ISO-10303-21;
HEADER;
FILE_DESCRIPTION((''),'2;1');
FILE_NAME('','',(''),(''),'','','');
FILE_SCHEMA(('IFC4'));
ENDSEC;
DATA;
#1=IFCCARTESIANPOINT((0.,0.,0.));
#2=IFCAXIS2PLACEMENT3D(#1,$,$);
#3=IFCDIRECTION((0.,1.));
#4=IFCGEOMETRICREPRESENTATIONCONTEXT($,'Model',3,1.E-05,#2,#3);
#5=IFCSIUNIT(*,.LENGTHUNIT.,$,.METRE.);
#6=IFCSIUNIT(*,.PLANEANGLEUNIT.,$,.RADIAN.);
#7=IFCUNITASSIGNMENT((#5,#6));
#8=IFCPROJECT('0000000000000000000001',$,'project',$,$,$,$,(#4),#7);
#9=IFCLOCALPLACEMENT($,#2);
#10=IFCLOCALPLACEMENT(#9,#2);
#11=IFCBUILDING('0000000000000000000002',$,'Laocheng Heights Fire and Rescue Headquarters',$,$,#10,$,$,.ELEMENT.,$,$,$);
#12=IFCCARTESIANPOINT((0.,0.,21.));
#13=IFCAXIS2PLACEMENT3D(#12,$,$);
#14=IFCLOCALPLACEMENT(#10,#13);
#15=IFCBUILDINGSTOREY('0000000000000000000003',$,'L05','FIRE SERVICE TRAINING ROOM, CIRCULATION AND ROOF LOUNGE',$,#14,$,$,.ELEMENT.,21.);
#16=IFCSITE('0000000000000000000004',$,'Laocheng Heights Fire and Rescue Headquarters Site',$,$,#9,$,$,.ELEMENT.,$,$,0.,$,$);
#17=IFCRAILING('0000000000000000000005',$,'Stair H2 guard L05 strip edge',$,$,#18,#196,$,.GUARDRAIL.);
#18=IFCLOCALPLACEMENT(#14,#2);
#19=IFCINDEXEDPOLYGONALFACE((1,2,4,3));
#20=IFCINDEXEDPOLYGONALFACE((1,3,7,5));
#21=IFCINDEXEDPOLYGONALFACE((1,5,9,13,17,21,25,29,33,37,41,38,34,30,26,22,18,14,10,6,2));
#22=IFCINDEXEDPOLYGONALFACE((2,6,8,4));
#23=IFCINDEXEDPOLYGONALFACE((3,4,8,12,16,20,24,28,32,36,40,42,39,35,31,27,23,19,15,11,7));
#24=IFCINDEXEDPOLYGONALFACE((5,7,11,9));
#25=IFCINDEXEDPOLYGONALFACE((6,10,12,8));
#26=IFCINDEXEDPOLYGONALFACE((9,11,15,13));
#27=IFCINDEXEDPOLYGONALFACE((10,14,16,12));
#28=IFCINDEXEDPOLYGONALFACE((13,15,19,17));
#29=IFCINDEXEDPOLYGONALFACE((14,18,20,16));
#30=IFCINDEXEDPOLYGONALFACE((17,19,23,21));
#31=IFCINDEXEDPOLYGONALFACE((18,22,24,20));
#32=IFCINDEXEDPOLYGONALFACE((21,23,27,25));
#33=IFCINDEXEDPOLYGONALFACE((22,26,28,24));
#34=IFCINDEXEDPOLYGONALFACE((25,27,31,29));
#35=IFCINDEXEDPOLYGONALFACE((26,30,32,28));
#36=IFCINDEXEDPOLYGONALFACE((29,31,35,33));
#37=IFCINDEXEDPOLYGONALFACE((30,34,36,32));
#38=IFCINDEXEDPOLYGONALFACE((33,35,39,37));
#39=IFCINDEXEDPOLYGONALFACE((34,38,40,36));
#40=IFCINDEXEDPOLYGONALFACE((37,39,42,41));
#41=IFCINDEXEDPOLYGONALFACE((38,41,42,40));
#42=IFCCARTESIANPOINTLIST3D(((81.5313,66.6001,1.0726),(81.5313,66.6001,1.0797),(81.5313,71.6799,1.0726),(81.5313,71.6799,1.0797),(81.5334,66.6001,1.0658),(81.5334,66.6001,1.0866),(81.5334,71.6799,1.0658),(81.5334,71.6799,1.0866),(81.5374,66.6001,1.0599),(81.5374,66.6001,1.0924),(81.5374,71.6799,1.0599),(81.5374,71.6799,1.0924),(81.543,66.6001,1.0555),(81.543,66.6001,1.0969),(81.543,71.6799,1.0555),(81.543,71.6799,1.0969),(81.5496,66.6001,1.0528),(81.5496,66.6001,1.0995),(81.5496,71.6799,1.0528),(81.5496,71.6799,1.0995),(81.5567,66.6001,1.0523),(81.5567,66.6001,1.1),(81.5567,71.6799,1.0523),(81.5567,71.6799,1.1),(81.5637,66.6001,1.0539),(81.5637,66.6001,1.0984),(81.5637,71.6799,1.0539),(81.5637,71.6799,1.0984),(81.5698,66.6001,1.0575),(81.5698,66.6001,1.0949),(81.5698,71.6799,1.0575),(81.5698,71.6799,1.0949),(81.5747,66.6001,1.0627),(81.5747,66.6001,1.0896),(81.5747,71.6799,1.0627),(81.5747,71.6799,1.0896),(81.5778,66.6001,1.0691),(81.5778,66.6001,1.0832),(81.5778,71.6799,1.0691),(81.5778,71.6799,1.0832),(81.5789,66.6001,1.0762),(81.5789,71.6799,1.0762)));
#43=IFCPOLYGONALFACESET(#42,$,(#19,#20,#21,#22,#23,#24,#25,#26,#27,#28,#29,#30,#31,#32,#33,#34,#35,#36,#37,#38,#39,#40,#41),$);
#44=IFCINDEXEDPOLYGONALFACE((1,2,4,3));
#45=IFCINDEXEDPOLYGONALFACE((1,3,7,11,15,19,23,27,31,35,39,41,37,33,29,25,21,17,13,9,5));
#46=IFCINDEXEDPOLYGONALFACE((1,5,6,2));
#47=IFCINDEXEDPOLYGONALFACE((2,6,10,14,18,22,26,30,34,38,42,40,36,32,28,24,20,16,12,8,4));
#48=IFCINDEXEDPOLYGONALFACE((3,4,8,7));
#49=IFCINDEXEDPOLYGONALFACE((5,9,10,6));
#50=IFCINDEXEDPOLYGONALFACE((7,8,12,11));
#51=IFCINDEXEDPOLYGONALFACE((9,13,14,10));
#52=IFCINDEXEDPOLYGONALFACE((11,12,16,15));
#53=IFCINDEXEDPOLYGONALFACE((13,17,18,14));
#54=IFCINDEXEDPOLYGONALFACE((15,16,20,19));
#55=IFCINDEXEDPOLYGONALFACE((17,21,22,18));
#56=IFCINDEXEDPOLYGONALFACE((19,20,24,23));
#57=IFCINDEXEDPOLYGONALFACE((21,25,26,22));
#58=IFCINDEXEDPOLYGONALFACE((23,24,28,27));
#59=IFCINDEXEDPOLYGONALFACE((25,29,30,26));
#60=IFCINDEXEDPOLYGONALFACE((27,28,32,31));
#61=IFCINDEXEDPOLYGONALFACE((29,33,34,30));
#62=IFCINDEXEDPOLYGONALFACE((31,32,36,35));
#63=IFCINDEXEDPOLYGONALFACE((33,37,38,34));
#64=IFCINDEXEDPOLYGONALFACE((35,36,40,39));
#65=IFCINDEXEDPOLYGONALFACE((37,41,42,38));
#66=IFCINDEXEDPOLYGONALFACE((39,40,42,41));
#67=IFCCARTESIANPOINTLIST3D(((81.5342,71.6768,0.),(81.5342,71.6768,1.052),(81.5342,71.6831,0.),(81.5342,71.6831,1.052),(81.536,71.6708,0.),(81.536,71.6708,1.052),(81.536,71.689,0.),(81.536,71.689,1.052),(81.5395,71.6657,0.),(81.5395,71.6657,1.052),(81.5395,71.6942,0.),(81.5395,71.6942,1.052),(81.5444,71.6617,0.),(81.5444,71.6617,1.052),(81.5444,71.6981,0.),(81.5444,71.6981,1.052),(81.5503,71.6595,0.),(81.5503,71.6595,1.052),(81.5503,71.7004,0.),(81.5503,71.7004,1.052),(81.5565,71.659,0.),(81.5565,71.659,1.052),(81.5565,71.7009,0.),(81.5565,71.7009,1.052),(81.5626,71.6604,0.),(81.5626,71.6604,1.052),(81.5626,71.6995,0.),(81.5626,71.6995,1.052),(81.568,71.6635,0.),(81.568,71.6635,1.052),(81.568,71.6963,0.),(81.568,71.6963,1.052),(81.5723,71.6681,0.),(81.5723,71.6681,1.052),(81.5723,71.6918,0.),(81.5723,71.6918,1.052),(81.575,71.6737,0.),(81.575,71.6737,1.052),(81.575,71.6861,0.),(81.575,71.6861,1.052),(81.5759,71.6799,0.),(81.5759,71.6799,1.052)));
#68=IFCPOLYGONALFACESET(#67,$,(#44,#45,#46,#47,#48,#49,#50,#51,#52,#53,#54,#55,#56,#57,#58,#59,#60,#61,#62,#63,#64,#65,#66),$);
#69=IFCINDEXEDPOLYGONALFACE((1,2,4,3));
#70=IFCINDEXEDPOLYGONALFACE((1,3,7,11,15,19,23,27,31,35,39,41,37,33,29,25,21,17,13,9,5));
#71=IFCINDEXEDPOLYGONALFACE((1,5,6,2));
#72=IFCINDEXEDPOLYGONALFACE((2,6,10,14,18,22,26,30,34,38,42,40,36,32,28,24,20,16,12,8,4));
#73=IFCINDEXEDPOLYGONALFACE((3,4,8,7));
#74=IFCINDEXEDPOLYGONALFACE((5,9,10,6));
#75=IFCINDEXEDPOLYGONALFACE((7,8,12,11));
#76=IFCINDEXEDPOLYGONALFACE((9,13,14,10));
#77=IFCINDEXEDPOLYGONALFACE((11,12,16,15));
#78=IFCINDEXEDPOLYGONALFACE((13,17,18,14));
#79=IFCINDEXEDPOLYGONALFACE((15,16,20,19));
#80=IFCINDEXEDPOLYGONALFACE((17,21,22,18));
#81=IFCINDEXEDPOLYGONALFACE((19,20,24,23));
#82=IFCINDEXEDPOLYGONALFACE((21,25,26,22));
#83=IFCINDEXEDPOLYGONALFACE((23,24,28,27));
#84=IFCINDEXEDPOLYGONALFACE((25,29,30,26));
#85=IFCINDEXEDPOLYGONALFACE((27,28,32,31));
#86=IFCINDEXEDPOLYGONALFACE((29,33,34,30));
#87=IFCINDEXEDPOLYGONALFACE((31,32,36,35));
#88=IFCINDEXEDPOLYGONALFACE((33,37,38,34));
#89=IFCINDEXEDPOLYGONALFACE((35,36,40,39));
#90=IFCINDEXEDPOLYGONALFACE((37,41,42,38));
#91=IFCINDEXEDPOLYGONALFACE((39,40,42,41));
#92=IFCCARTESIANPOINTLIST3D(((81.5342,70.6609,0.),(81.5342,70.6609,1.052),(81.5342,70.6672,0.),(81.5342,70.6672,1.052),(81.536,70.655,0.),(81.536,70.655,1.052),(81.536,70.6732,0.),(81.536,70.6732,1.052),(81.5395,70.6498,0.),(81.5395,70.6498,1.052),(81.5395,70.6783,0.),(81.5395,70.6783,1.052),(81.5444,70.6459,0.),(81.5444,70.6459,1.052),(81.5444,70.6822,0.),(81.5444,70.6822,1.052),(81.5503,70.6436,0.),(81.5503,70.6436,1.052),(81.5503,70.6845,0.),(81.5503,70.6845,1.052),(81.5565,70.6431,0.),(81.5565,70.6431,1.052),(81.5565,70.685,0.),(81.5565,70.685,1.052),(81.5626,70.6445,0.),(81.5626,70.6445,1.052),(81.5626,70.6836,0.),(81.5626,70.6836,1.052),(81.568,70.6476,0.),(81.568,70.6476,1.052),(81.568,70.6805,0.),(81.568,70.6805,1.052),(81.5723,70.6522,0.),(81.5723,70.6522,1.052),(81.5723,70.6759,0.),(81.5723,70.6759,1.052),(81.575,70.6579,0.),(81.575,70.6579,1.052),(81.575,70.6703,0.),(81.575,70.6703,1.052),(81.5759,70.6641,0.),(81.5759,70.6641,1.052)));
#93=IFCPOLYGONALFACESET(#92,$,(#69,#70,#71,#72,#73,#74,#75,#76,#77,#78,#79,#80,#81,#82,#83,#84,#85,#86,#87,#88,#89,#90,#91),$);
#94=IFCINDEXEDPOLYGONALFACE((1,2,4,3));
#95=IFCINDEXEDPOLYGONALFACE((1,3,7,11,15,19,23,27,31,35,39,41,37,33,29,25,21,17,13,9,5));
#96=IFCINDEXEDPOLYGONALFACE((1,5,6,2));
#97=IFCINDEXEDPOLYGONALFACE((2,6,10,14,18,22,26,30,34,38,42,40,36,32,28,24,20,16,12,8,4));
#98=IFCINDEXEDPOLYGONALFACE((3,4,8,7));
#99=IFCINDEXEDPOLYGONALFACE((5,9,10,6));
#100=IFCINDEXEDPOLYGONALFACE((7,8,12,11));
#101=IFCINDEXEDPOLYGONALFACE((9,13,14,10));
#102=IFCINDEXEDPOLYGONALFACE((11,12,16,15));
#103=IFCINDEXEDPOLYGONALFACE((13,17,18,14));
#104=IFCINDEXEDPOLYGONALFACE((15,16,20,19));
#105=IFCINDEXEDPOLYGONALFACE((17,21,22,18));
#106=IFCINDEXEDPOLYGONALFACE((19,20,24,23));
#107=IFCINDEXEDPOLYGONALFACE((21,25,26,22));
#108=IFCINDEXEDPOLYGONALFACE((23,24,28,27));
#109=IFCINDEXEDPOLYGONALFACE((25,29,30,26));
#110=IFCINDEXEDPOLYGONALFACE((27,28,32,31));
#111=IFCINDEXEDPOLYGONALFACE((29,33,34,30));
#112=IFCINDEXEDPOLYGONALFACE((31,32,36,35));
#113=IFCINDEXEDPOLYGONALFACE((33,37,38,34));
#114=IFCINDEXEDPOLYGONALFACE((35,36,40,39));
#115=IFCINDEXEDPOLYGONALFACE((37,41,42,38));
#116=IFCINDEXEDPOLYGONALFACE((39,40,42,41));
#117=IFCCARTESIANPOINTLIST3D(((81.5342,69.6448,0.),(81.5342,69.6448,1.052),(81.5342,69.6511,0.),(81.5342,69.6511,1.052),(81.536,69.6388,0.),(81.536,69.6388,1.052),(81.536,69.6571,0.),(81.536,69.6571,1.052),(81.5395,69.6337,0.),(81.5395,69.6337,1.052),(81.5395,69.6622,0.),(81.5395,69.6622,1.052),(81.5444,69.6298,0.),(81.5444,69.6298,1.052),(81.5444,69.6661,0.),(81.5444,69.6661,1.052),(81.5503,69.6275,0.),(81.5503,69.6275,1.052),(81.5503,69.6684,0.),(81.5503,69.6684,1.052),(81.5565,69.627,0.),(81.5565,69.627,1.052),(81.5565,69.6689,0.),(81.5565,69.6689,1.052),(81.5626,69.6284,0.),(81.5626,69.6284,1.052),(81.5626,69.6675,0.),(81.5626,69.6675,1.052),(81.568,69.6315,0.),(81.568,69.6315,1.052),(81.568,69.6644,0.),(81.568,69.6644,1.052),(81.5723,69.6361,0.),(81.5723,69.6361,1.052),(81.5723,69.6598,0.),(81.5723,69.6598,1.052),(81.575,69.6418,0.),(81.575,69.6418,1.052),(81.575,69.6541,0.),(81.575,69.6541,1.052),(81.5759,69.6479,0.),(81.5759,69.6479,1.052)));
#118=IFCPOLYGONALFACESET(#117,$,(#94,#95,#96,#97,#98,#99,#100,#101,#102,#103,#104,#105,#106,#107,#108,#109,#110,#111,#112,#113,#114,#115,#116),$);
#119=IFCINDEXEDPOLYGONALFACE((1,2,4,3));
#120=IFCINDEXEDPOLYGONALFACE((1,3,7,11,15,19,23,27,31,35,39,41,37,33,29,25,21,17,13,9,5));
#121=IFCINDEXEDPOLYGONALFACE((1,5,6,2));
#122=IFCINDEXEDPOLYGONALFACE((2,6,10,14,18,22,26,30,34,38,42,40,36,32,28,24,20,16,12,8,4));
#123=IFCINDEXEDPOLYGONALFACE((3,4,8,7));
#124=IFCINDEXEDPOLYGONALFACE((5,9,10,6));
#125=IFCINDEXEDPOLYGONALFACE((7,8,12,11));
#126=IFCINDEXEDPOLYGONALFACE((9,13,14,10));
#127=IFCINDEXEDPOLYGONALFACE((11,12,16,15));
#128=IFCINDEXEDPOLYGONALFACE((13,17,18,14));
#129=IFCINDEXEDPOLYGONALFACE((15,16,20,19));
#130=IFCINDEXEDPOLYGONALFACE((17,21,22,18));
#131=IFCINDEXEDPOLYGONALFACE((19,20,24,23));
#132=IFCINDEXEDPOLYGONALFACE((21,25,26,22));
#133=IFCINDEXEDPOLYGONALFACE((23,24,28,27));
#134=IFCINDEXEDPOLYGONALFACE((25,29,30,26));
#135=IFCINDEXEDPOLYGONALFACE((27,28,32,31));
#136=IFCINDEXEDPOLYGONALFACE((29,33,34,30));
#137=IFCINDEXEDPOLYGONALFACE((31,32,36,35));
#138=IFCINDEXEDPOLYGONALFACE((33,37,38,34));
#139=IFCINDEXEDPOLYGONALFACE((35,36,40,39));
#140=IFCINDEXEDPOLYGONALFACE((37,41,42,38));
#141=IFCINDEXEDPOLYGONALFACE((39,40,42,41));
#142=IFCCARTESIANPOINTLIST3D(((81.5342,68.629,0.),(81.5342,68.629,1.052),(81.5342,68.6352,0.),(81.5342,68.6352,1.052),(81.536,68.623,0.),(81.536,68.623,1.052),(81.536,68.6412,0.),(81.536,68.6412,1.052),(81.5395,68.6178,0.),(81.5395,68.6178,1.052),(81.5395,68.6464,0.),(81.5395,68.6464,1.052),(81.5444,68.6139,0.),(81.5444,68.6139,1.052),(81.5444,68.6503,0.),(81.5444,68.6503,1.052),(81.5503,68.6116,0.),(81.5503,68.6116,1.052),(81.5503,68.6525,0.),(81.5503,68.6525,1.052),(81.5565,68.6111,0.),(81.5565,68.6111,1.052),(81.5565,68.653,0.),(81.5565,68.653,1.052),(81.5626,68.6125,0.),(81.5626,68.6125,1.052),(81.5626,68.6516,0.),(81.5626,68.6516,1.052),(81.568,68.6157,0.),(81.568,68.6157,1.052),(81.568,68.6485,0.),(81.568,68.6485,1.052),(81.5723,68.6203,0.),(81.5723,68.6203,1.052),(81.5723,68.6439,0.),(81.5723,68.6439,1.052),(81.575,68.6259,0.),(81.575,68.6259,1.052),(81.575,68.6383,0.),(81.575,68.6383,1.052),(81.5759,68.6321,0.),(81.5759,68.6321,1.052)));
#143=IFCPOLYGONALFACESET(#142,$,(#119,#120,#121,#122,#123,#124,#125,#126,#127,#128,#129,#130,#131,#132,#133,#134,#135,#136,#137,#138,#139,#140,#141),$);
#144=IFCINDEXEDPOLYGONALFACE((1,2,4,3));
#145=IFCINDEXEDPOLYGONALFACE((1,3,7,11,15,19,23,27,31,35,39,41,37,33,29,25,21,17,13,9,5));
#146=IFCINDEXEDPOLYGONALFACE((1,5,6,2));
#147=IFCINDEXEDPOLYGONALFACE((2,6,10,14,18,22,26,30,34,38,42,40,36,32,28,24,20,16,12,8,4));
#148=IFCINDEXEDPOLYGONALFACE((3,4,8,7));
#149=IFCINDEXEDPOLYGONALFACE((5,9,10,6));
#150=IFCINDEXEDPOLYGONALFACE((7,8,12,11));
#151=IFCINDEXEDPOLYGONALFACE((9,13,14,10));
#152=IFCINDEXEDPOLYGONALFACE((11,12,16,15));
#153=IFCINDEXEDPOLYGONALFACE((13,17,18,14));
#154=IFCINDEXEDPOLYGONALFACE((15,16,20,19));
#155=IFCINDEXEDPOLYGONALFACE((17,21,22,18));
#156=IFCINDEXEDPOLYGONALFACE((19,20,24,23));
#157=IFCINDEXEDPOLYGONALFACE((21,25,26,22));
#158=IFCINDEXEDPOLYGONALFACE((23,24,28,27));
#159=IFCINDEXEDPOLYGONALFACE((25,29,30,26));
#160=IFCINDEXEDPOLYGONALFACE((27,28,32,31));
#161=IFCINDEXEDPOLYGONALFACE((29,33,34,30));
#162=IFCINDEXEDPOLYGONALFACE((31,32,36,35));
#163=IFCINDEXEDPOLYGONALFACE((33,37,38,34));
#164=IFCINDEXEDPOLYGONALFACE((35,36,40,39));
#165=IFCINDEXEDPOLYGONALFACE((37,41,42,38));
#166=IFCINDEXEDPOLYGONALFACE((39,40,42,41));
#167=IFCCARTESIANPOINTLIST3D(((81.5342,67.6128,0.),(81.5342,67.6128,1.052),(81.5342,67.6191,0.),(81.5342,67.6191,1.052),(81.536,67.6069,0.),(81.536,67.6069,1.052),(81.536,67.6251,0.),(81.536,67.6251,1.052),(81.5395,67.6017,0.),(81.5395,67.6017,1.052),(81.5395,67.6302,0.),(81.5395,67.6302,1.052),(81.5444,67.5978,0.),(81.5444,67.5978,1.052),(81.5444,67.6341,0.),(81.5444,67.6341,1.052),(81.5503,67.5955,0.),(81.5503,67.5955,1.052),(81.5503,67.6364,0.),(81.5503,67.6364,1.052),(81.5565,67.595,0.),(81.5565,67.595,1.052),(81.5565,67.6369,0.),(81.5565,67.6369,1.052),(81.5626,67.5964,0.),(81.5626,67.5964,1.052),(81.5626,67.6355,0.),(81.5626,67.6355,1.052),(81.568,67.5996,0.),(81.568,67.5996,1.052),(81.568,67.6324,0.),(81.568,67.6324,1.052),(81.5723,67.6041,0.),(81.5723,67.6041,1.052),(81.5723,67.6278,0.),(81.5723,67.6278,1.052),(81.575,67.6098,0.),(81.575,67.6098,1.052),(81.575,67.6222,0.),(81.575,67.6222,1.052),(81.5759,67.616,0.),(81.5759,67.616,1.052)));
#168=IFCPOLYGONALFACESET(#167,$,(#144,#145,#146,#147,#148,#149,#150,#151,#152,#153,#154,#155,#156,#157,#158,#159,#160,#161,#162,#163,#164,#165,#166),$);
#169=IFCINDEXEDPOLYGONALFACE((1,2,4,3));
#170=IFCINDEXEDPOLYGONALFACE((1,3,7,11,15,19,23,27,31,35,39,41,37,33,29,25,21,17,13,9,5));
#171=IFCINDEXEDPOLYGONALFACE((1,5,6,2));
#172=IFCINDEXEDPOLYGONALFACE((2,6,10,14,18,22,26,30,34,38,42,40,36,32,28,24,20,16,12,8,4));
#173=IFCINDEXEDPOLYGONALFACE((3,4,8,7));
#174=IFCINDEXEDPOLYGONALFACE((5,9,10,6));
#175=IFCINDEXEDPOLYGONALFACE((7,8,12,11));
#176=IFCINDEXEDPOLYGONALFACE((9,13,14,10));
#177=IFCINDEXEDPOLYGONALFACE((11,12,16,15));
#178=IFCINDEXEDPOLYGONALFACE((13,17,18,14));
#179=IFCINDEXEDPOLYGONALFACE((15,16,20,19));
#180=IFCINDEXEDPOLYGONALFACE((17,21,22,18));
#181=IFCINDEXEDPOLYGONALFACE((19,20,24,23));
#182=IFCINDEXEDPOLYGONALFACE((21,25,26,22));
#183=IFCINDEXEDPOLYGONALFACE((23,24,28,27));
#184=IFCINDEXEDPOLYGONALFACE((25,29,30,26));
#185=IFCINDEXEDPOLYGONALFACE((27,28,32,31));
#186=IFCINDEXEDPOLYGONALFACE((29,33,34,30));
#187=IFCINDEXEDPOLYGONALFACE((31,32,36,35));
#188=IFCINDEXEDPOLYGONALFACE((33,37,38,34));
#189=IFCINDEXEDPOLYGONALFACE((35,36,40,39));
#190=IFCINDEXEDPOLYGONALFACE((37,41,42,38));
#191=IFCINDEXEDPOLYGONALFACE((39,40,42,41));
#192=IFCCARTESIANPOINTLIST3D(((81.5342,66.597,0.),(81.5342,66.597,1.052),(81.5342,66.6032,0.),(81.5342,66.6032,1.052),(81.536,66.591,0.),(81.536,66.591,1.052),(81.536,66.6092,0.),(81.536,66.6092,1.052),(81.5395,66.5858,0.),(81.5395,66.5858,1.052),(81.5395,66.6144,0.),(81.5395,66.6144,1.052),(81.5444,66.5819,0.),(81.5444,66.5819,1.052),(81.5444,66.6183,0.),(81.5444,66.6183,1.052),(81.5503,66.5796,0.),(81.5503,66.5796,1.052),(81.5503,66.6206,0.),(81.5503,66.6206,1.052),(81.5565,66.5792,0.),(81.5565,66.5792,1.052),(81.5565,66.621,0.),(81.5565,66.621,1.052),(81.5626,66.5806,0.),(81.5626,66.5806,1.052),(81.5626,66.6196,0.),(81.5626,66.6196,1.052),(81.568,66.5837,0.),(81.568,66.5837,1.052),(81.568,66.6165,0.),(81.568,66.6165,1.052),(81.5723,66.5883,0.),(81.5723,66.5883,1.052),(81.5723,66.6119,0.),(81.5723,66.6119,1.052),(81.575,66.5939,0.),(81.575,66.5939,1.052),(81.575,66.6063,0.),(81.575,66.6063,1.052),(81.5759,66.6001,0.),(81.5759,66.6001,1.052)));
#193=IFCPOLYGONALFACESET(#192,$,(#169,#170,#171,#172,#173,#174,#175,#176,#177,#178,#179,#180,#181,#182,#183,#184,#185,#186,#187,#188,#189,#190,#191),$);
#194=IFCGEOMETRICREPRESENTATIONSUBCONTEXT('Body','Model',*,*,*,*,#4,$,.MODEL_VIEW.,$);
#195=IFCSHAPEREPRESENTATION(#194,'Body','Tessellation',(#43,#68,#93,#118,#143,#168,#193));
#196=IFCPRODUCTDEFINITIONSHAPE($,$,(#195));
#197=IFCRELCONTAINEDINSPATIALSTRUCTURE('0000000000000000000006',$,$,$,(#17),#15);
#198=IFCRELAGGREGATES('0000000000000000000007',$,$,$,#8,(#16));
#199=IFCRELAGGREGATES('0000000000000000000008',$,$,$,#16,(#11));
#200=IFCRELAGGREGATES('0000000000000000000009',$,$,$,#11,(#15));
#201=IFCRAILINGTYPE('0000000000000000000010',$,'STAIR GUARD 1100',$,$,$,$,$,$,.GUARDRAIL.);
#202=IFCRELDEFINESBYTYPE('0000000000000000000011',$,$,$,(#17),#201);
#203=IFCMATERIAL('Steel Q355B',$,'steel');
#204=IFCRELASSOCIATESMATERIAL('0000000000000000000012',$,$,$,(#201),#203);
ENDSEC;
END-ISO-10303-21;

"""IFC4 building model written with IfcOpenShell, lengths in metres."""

from ifc_helpers import new_model, si_unit, direction, frame, origin, origin_2d, place, context, subcontext, project, spatial, circle, extrude, material, type_object, element, save


model = new_model("IFC4")

# Units and contexts
model_context = context("Model", 3, precision=1e-05, world=origin(), true_north=direction((0.0, 1.0)))
body_context = subcontext(model_context, "Body", "Model", "MODEL_VIEW")
ifc_project = project(units=[si_unit("LENGTHUNIT", "METRE"), si_unit("PLANEANGLEUNIT", "RADIAN")], contexts=[model_context])

# Site, building, storey
site_placement = place(None, origin())
site = spatial("IfcSite", under=ifc_project, at=site_placement, Name="Laocheng Heights Fire and Rescue Headquarters Site", CompositionType="ELEMENT", RefElevation=0.0)
building_placement = place(site_placement, origin())
building = spatial("IfcBuilding", under=site, at=building_placement, Name="Laocheng Heights Fire and Rescue Headquarters", CompositionType="ELEMENT")
storey_placement = place(building_placement, frame((0.0, 0.0, 21.0)))
storey = spatial("IfcBuildingStorey", under=building, at=storey_placement, Name="L05", Description="FIRE SERVICE TRAINING ROOM, CIRCULATION AND ROOF LOUNGE", CompositionType="ELEMENT", Elevation=21.0)

# Railing
ifc_material_1 = material(Name="Steel Q355B", Category="steel")
railing_type_1 = type_object("IfcRailingType", Name="STAIR GUARD 1100", PredefinedType="GUARDRAIL", material=ifc_material_1)
railing_1_placement = place(storey_placement, frame((81.5549, 71.6799, 0.0)))
element("IfcRailing", 1, at=railing_1_placement, inside=storey, type_object=railing_type_1, Name="Stair H2 guard L05 strip edge", PredefinedType="GUARDRAIL", context=body_context, shape_type="SweptSolid", body=[
    extrude(circle(Radius=0.0239, at=origin_2d()), frame((0.0, 0.0, 1.0762), z_axis=(0.0, -1.0, 0.0), x_axis=(1.0, 0.0, 0.0)), (0.0, 0.0, 1.0), 5.0798),
    extrude(circle(Radius=0.021, at=origin_2d()), origin(), (0.0, 0.0, 1.0), 1.052),
    extrude(circle(Radius=0.021, at=origin_2d()), frame((0.0, -1.0159, 0.0)), (0.0, 0.0, 1.0), 1.052),
    extrude(circle(Radius=0.021, at=origin_2d()), frame((0.0, -2.032, 0.0)), (0.0, 0.0, 1.0), 1.052),
    extrude(circle(Radius=0.021, at=origin_2d()), frame((0.0, -3.0479, 0.0)), (0.0, 0.0, 1.0), 1.052),
    extrude(circle(Radius=0.021, at=origin_2d()), frame((0.0, -4.064, 0.0)), (0.0, 0.0, 1.0), 1.052),
    extrude(circle(Radius=0.021, at=origin_2d()), frame((0.0, -5.0798, 0.0)), (0.0, 0.0, 1.0), 1.052),
])

save(model, "model.ifc")
